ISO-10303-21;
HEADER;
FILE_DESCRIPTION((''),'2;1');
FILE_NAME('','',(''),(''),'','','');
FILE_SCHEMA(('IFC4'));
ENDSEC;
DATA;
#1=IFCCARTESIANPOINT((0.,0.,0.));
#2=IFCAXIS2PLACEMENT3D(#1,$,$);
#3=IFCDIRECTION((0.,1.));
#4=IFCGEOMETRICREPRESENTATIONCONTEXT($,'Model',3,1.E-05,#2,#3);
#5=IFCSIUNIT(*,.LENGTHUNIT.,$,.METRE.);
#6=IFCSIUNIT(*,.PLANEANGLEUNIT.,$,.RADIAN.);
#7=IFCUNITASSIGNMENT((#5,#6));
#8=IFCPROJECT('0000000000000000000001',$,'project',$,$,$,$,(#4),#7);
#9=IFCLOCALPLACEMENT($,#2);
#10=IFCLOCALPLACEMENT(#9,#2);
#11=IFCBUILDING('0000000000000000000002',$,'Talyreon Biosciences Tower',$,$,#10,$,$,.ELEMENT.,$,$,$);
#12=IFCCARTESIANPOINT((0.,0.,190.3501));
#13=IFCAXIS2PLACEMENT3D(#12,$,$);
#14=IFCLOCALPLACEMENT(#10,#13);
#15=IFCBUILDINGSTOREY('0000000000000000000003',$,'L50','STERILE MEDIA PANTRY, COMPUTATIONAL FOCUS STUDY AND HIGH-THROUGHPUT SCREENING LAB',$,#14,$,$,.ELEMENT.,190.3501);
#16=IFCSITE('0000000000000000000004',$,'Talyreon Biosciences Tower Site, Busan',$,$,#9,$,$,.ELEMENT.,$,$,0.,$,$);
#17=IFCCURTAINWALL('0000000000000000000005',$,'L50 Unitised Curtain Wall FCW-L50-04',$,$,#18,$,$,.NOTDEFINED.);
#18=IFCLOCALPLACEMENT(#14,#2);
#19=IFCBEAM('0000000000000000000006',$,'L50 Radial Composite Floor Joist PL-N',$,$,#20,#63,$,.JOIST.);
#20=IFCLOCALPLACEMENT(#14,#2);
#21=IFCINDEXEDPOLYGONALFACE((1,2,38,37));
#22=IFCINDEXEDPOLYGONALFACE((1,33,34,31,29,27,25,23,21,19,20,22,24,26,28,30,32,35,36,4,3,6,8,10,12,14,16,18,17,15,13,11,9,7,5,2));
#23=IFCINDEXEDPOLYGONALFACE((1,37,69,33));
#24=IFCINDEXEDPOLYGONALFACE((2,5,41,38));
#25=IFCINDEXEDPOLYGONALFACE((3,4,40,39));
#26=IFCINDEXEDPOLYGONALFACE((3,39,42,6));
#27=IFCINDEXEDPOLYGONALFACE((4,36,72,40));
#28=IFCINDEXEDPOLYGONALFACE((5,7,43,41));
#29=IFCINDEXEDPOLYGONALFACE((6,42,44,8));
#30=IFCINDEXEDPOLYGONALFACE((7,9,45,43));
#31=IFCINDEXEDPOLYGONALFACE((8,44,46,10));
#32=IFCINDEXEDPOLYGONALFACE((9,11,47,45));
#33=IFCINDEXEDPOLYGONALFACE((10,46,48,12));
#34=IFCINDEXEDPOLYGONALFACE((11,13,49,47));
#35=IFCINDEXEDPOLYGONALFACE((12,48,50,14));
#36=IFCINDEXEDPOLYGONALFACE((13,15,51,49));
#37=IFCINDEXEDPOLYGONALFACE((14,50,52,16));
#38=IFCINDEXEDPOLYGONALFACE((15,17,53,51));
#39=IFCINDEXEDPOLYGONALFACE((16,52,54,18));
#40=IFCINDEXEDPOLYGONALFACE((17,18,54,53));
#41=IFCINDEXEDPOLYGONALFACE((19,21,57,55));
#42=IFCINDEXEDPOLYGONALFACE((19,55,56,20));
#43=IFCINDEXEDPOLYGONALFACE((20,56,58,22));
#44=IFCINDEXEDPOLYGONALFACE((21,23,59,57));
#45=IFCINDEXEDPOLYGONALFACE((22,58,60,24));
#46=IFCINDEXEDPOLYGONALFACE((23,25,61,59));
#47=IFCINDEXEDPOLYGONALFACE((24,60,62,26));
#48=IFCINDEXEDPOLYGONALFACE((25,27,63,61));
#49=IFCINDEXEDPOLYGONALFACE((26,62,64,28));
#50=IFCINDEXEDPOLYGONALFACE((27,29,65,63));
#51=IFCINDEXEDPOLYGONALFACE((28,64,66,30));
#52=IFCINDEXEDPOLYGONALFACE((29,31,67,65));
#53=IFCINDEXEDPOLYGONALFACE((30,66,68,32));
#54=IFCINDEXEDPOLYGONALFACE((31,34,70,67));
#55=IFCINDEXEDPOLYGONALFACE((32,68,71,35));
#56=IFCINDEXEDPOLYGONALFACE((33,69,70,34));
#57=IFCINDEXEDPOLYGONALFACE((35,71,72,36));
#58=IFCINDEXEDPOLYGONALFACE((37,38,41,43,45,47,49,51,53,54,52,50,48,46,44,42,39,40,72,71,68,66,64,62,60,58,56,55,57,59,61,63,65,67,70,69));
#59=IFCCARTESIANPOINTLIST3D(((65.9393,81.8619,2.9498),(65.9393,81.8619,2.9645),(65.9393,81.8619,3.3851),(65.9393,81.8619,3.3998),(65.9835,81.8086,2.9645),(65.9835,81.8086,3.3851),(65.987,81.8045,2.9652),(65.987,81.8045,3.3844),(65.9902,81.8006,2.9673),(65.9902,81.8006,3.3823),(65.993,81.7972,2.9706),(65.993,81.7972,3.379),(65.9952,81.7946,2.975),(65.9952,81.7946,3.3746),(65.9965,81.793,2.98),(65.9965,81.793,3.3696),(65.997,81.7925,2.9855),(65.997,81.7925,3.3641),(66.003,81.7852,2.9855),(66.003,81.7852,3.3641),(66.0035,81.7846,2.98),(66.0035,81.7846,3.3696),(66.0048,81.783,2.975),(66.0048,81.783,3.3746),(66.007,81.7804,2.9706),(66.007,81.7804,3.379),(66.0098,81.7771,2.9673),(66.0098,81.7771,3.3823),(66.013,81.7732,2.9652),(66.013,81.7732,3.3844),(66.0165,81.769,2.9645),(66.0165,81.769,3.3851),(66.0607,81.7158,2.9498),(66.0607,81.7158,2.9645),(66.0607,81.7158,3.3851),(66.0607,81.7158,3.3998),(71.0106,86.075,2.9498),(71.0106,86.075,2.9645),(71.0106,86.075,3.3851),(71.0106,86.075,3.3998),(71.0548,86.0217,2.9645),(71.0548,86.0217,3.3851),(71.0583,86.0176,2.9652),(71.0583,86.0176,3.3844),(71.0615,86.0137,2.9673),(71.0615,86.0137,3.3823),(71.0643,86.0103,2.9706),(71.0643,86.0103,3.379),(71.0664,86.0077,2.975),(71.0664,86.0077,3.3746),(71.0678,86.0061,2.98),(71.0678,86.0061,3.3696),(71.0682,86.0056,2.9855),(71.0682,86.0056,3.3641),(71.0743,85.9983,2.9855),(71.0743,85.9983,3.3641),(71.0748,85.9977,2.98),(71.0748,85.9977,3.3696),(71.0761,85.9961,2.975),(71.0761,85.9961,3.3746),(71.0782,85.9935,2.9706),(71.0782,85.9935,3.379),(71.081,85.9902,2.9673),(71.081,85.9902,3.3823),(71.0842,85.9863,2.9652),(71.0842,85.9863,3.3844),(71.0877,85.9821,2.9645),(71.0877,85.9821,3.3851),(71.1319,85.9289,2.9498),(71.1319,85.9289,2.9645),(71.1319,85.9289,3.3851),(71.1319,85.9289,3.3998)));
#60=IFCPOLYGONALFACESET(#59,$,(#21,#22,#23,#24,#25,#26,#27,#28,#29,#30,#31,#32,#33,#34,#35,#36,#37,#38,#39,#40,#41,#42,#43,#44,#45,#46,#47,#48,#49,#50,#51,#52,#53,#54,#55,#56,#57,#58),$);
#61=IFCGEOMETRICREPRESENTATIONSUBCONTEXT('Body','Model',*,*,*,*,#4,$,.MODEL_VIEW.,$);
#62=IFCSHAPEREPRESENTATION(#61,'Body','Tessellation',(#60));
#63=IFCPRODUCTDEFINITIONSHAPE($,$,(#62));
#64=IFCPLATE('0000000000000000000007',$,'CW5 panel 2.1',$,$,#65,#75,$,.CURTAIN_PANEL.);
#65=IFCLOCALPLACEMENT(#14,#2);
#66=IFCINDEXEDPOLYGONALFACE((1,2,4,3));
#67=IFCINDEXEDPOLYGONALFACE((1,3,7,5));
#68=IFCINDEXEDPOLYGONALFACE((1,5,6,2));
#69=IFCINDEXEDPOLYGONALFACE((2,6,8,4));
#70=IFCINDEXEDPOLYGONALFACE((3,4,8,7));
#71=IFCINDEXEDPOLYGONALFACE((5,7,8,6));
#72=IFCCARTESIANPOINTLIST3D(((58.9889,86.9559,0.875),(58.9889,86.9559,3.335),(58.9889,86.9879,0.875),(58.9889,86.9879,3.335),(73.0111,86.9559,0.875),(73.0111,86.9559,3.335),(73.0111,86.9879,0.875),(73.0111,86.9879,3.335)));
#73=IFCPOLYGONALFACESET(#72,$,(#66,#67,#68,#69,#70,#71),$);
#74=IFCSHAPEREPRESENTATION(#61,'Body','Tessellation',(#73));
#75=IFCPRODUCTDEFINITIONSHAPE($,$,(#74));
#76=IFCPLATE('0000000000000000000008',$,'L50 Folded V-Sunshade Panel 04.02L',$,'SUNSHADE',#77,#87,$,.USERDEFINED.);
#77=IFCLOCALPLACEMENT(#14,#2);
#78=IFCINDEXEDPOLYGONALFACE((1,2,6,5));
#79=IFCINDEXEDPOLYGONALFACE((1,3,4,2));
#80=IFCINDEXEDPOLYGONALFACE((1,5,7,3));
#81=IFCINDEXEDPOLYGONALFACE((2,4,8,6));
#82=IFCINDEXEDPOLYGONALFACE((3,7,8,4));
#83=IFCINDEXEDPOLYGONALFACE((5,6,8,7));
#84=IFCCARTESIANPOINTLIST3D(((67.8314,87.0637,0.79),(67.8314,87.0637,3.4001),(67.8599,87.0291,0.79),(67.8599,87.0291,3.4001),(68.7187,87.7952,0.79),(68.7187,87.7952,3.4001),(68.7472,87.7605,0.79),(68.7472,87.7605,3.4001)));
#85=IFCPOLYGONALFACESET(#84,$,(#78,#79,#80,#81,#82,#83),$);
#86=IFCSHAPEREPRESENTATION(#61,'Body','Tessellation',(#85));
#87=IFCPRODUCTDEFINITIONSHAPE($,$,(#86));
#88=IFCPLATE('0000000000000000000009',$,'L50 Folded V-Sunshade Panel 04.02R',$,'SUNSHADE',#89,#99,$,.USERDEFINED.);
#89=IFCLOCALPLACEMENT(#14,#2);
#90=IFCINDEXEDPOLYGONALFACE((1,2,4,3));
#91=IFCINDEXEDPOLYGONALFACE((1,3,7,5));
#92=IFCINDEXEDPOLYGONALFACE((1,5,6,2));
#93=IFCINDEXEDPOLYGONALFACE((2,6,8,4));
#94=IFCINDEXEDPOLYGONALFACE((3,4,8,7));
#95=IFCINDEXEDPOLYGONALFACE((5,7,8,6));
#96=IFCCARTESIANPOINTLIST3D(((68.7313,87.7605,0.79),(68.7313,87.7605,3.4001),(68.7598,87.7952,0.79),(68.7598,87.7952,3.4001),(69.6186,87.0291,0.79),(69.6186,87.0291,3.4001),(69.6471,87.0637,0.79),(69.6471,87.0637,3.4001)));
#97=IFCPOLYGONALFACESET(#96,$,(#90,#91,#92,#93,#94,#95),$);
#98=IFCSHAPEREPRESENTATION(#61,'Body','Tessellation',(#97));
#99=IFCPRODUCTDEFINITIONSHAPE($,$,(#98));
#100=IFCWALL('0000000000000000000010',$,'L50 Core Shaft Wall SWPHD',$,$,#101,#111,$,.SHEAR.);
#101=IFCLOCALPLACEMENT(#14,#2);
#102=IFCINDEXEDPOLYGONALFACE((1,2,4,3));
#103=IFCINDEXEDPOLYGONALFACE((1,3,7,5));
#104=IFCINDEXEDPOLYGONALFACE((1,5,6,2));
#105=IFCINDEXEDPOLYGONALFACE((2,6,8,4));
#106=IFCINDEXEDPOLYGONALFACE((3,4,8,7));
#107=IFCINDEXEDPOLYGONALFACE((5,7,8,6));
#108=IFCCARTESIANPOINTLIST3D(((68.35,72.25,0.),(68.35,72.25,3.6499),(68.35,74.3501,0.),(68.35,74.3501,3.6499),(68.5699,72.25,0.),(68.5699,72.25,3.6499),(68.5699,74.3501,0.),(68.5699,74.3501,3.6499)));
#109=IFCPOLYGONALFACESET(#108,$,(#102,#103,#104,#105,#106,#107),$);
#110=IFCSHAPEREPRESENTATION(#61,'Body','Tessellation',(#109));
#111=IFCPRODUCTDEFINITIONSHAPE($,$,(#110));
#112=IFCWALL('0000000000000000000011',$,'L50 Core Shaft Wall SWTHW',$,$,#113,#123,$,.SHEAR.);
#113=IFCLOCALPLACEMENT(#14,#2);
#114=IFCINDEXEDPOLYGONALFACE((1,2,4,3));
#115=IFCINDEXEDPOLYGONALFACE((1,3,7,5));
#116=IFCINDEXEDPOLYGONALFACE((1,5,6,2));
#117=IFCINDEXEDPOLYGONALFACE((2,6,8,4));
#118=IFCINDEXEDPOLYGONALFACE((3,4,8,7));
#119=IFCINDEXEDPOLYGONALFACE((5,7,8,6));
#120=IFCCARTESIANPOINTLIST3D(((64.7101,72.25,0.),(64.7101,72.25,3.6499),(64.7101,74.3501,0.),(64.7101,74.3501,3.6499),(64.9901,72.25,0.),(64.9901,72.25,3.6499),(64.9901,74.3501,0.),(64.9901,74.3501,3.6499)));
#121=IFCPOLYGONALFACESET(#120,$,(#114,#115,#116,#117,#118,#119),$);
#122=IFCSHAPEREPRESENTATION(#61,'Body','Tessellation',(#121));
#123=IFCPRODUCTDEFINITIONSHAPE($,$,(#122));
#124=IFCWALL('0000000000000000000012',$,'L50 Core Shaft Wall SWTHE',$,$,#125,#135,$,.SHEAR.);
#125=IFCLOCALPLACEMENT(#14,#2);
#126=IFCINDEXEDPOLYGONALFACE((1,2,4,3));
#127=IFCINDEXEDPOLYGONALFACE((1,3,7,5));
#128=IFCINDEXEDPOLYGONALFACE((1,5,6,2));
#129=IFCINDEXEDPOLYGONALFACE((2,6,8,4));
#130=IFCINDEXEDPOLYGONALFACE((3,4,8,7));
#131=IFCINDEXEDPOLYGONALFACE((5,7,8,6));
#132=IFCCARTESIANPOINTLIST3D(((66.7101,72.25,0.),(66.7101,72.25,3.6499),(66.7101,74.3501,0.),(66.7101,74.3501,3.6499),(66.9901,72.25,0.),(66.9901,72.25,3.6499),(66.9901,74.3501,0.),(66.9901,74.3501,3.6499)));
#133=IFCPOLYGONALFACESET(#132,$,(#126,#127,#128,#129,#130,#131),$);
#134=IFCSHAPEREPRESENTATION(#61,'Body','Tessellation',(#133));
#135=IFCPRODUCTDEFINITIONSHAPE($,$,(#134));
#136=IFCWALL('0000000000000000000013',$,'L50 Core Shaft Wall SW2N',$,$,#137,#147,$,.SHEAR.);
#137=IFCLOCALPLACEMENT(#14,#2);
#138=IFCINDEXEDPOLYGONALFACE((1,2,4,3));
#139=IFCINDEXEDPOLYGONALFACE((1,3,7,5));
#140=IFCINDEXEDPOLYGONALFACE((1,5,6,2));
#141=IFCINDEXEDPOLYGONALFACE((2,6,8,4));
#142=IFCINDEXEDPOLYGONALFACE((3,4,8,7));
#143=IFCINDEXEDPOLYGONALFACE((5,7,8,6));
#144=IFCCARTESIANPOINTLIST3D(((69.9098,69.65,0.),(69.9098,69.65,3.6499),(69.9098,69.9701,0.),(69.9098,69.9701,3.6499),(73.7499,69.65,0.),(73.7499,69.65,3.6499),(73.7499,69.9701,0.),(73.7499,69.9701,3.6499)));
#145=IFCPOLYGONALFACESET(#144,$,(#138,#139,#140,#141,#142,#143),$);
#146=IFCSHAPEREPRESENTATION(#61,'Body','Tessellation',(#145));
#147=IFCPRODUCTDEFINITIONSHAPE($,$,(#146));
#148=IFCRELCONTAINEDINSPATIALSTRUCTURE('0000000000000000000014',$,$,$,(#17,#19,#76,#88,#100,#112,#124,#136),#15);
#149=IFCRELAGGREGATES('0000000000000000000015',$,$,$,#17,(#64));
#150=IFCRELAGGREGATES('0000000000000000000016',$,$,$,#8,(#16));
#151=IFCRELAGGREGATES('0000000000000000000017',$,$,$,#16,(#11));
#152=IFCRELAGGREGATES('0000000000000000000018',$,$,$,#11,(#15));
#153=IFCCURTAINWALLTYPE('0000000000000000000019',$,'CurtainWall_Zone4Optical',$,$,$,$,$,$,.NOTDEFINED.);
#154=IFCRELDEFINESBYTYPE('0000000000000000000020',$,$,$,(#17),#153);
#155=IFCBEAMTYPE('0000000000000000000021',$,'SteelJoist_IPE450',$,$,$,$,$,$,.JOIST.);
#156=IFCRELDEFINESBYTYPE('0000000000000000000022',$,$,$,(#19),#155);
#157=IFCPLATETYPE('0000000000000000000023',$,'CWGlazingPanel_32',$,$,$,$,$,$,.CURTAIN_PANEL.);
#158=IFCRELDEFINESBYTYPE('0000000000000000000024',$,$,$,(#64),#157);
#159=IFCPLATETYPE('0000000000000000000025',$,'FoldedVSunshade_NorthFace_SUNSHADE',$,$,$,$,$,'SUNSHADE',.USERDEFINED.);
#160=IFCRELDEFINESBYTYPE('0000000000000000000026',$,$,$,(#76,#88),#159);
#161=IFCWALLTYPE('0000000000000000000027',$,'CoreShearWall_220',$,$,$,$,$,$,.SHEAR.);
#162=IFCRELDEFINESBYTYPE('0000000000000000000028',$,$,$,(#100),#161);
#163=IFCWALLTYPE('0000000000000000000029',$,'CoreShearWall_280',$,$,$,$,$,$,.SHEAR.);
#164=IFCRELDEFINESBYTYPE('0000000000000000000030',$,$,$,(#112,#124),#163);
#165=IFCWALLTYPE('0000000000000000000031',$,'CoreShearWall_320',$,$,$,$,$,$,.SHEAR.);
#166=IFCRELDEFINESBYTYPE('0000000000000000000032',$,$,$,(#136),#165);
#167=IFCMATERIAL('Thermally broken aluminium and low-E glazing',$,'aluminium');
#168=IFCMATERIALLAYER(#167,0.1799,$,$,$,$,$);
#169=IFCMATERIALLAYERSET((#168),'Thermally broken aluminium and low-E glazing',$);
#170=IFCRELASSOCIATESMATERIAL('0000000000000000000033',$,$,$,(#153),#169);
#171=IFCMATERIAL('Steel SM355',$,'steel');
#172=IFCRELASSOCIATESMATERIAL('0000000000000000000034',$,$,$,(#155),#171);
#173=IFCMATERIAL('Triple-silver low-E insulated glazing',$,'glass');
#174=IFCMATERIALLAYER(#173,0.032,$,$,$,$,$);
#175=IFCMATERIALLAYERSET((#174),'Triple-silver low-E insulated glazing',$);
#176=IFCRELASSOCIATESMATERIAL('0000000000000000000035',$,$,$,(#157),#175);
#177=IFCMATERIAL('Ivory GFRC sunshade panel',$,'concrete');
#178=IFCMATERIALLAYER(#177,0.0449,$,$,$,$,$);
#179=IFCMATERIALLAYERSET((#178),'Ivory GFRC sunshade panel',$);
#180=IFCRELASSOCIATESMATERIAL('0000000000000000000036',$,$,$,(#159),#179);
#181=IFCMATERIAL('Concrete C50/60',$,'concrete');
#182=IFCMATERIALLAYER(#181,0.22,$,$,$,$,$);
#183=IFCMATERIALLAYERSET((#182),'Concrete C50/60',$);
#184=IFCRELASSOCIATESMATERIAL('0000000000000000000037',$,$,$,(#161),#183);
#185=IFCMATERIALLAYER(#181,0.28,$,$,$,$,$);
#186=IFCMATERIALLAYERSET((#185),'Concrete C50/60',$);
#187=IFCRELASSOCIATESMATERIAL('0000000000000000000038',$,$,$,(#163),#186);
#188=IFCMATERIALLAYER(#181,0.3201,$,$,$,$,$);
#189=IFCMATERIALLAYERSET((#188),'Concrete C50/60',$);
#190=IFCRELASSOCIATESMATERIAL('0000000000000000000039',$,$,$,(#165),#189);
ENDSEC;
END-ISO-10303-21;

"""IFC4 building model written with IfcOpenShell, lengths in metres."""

from ifc_helpers import new_model, si_unit, direction, frame, frame_2d, origin, origin_2d, place, context, subcontext, project, spatial, rectangle, i_section, extrude, material, layer, layer_set, material_profile, profile_set, type_object, element, aggregate, save


model = new_model("IFC4")

# Units and contexts
model_context = context("Model", 3, precision=1e-05, world=origin(), true_north=direction((0.0, 1.0)))
body_context = subcontext(model_context, "Body", "Model", "MODEL_VIEW")
ifc_project = project(units=[si_unit("LENGTHUNIT", "METRE"), si_unit("PLANEANGLEUNIT", "RADIAN")], contexts=[model_context])

# Site, building, storey
site_placement = place(None, origin())
site = spatial("IfcSite", under=ifc_project, at=site_placement, Name="Talyreon Biosciences Tower Site, Busan", CompositionType="ELEMENT", RefElevation=0.0)
building_placement = place(site_placement, origin())
building = spatial("IfcBuilding", under=site, at=building_placement, Name="Talyreon Biosciences Tower", CompositionType="ELEMENT")
storey_placement = place(building_placement, frame((0.0, 0.0, 190.3501)))
storey = spatial("IfcBuildingStorey", under=building, at=storey_placement, Name="L50", Description="STERILE MEDIA PANTRY, COMPUTATIONAL FOCUS STUDY AND HIGH-THROUGHPUT SCREENING LAB", CompositionType="ELEMENT", Elevation=190.3501)

# Shared definitions
ifc_material_1 = material(Name="Concrete C50/60", Category="concrete")

# Curtain wall
ifc_material_2 = material(Name="Thermally broken aluminium and low-E glazing", Category="aluminium")
ifc_layer_1 = layer(ifc_material_2, 0.1799)
ifc_layer_set_1 = layer_set([ifc_layer_1], Name="Thermally broken aluminium and low-E glazing")
curtain_wall_type = type_object("IfcCurtainWallType", Name="CurtainWall_Zone4Optical", PredefinedType="NOTDEFINED", material=ifc_layer_set_1)
curtain_wall_placement = place(storey_placement, origin())
curtain_wall = element("IfcCurtainWall", 1, at=curtain_wall_placement, inside=storey, type_object=curtain_wall_type, Name="L50 Unitised Curtain Wall FCW-L50-04", PredefinedType="NOTDEFINED")

# Beam
ifc_material_3 = material(Name="Steel SM355", Category="steel")
ifc_material_profile_1 = material_profile(ifc_material_3, i_section(OverallWidth=0.1899, OverallDepth=0.45, WebThickness=0.0095, FlangeThickness=0.0146, FilletRadius=0.021, at=origin_2d()), Name="IPE450")
ifc_profile_set_1 = profile_set([ifc_material_profile_1], Name="Steel SM355")
beam_type_1 = type_object("IfcBeamType", Name="SteelJoist_IPE450", PredefinedType="JOIST", material=ifc_profile_set_1)
beam_1_placement = place(storey_placement, frame((66.0, 81.7888, 3.1748), z_axis=(0.769186, 0.639025, 0.0), x_axis=(-0.639025, 0.769186, 0.0)))
element("IfcBeam", 2, at=beam_1_placement, inside=storey, type_object=beam_type_1, Name="L50 Radial Composite Floor Joist PL-N", PredefinedType="JOIST", context=body_context, shape_type="SweptSolid", body=[
    extrude(i_section(OverallWidth=0.1899, OverallDepth=0.45, WebThickness=0.0095, FlangeThickness=0.0146, FilletRadius=0.021, at=origin_2d()), origin(), (0.0, 0.0, 1.0), 6.593),
])

# Plate
ifc_material_4 = material(Name="Triple-silver low-E insulated glazing", Category="glass")
ifc_layer_2 = layer(ifc_material_4, 0.032)
ifc_layer_set_2 = layer_set([ifc_layer_2], Name="Triple-silver low-E insulated glazing")
plate_type_1 = type_object("IfcPlateType", Name="CWGlazingPanel_32", PredefinedType="CURTAIN_PANEL", material=ifc_layer_set_2)
plate_placement = place(storey_placement, frame((66.0, 86.9719, 0.875), z_axis=(0.0, 0.0, 1.0), x_axis=(1.0, 0.0, 0.0)))
plate = element("IfcPlate", 3, at=plate_placement, type_object=plate_type_1, Name="CW5 panel 2.1", PredefinedType="CURTAIN_PANEL", context=body_context, shape_type="SweptSolid", body=[
    extrude(rectangle(XDim=14.0222, YDim=0.032, at=origin_2d()), origin(), (0.0, 0.0, 1.0), 2.46),
])
aggregate(curtain_wall, [plate])

# Plates
ifc_material_5 = material(Name="Ivory GFRC sunshade panel", Category="concrete")
ifc_layer_3 = layer(ifc_material_5, 0.0449)
ifc_layer_set_3 = layer_set([ifc_layer_3], Name="Ivory GFRC sunshade panel")
plate_type_2 = type_object("IfcPlateType", Name="FoldedVSunshade_NorthFace_SUNSHADE", ElementType="SUNSHADE", PredefinedType="USERDEFINED", material=ifc_layer_set_3)
for number, where, z_axis, x_axis, name in (
    (4, (68.2893, 87.4121, 0.79), (0.0, 0.0, 1.0), (0.771625, 0.636078, 0.0), "L50 Folded V-Sunshade Panel 04.02L"),
    (5, (69.1892, 87.4121, 0.79), (0.0, 0.0, 1.0), (0.771625, -0.636078, 0.0), "L50 Folded V-Sunshade Panel 04.02R"),
):
    element("IfcPlate", number, at=place(storey_placement, frame(where, z_axis=z_axis, x_axis=x_axis)), inside=storey, type_object=plate_type_2, Name=name, ObjectType="SUNSHADE", PredefinedType="USERDEFINED", context=body_context, shape_type="SweptSolid", body=[
        extrude(rectangle(XDim=1.1499, YDim=0.0449, at=origin_2d()), origin(), (0.0, 0.0, 1.0), 2.6101),
    ])

# Walls
ifc_layer_4 = layer(ifc_material_1, 0.22)
ifc_layer_set_4 = layer_set([ifc_layer_4], Name="Concrete C50/60")
wall_type_1 = type_object("IfcWallType", Name="CoreShearWall_220", PredefinedType="SHEAR", material=ifc_layer_set_4)
wall_1_placement = place(storey_placement, frame((68.46, 72.25, 0.0), z_axis=(0.0, 0.0, 1.0), x_axis=(0.0, 1.0, 0.0)))
element("IfcWall", 6, at=wall_1_placement, inside=storey, type_object=wall_type_1, Name="L50 Core Shaft Wall SWPHD", PredefinedType="SHEAR", context=body_context, shape_type="SweptSolid", body=[
    extrude(rectangle(XDim=2.1001, YDim=0.22, at=frame_2d((1.05, 0.0))), origin(), (0.0, 0.0, 1.0), 3.6499),
])
ifc_layer_5 = layer(ifc_material_1, 0.28)
ifc_layer_set_5 = layer_set([ifc_layer_5], Name="Concrete C50/60")
wall_type_2 = type_object("IfcWallType", Name="CoreShearWall_280", PredefinedType="SHEAR", material=ifc_layer_set_5)
for number, where, z_axis, x_axis, name in (
    (7, (64.8501, 72.25, 0.0), (0.0, 0.0, 1.0), (0.0, 1.0, 0.0), "L50 Core Shaft Wall SWTHW"),
    (8, (66.8501, 72.25, 0.0), (0.0, 0.0, 1.0), (0.0, 1.0, 0.0), "L50 Core Shaft Wall SWTHE"),
):
    element("IfcWall", number, at=place(storey_placement, frame(where, z_axis=z_axis, x_axis=x_axis)), inside=storey, type_object=wall_type_2, Name=name, PredefinedType="SHEAR", context=body_context, shape_type="SweptSolid", body=[
        extrude(rectangle(XDim=2.1001, YDim=0.28, at=frame_2d((1.05, 0.0))), origin(), (0.0, 0.0, 1.0), 3.6499),
    ])
ifc_layer_6 = layer(ifc_material_1, 0.3201)
ifc_layer_set_6 = layer_set([ifc_layer_6], Name="Concrete C50/60")
wall_type_3 = type_object("IfcWallType", Name="CoreShearWall_320", PredefinedType="SHEAR", material=ifc_layer_set_6)
wall_2_placement = place(storey_placement, frame((69.9099, 69.8101, 0.0), z_axis=(0.0, 0.0, 1.0), x_axis=(1.0, 0.0, 0.0)))
element("IfcWall", 9, at=wall_2_placement, inside=storey, type_object=wall_type_3, Name="L50 Core Shaft Wall SW2N", PredefinedType="SHEAR", context=body_context, shape_type="SweptSolid", body=[
    extrude(rectangle(XDim=3.8401, YDim=0.3201, at=frame_2d((1.9199, 0.0))), origin(), (0.0, 0.0, 1.0), 3.6499),
])

save(model, "model.ifc")
